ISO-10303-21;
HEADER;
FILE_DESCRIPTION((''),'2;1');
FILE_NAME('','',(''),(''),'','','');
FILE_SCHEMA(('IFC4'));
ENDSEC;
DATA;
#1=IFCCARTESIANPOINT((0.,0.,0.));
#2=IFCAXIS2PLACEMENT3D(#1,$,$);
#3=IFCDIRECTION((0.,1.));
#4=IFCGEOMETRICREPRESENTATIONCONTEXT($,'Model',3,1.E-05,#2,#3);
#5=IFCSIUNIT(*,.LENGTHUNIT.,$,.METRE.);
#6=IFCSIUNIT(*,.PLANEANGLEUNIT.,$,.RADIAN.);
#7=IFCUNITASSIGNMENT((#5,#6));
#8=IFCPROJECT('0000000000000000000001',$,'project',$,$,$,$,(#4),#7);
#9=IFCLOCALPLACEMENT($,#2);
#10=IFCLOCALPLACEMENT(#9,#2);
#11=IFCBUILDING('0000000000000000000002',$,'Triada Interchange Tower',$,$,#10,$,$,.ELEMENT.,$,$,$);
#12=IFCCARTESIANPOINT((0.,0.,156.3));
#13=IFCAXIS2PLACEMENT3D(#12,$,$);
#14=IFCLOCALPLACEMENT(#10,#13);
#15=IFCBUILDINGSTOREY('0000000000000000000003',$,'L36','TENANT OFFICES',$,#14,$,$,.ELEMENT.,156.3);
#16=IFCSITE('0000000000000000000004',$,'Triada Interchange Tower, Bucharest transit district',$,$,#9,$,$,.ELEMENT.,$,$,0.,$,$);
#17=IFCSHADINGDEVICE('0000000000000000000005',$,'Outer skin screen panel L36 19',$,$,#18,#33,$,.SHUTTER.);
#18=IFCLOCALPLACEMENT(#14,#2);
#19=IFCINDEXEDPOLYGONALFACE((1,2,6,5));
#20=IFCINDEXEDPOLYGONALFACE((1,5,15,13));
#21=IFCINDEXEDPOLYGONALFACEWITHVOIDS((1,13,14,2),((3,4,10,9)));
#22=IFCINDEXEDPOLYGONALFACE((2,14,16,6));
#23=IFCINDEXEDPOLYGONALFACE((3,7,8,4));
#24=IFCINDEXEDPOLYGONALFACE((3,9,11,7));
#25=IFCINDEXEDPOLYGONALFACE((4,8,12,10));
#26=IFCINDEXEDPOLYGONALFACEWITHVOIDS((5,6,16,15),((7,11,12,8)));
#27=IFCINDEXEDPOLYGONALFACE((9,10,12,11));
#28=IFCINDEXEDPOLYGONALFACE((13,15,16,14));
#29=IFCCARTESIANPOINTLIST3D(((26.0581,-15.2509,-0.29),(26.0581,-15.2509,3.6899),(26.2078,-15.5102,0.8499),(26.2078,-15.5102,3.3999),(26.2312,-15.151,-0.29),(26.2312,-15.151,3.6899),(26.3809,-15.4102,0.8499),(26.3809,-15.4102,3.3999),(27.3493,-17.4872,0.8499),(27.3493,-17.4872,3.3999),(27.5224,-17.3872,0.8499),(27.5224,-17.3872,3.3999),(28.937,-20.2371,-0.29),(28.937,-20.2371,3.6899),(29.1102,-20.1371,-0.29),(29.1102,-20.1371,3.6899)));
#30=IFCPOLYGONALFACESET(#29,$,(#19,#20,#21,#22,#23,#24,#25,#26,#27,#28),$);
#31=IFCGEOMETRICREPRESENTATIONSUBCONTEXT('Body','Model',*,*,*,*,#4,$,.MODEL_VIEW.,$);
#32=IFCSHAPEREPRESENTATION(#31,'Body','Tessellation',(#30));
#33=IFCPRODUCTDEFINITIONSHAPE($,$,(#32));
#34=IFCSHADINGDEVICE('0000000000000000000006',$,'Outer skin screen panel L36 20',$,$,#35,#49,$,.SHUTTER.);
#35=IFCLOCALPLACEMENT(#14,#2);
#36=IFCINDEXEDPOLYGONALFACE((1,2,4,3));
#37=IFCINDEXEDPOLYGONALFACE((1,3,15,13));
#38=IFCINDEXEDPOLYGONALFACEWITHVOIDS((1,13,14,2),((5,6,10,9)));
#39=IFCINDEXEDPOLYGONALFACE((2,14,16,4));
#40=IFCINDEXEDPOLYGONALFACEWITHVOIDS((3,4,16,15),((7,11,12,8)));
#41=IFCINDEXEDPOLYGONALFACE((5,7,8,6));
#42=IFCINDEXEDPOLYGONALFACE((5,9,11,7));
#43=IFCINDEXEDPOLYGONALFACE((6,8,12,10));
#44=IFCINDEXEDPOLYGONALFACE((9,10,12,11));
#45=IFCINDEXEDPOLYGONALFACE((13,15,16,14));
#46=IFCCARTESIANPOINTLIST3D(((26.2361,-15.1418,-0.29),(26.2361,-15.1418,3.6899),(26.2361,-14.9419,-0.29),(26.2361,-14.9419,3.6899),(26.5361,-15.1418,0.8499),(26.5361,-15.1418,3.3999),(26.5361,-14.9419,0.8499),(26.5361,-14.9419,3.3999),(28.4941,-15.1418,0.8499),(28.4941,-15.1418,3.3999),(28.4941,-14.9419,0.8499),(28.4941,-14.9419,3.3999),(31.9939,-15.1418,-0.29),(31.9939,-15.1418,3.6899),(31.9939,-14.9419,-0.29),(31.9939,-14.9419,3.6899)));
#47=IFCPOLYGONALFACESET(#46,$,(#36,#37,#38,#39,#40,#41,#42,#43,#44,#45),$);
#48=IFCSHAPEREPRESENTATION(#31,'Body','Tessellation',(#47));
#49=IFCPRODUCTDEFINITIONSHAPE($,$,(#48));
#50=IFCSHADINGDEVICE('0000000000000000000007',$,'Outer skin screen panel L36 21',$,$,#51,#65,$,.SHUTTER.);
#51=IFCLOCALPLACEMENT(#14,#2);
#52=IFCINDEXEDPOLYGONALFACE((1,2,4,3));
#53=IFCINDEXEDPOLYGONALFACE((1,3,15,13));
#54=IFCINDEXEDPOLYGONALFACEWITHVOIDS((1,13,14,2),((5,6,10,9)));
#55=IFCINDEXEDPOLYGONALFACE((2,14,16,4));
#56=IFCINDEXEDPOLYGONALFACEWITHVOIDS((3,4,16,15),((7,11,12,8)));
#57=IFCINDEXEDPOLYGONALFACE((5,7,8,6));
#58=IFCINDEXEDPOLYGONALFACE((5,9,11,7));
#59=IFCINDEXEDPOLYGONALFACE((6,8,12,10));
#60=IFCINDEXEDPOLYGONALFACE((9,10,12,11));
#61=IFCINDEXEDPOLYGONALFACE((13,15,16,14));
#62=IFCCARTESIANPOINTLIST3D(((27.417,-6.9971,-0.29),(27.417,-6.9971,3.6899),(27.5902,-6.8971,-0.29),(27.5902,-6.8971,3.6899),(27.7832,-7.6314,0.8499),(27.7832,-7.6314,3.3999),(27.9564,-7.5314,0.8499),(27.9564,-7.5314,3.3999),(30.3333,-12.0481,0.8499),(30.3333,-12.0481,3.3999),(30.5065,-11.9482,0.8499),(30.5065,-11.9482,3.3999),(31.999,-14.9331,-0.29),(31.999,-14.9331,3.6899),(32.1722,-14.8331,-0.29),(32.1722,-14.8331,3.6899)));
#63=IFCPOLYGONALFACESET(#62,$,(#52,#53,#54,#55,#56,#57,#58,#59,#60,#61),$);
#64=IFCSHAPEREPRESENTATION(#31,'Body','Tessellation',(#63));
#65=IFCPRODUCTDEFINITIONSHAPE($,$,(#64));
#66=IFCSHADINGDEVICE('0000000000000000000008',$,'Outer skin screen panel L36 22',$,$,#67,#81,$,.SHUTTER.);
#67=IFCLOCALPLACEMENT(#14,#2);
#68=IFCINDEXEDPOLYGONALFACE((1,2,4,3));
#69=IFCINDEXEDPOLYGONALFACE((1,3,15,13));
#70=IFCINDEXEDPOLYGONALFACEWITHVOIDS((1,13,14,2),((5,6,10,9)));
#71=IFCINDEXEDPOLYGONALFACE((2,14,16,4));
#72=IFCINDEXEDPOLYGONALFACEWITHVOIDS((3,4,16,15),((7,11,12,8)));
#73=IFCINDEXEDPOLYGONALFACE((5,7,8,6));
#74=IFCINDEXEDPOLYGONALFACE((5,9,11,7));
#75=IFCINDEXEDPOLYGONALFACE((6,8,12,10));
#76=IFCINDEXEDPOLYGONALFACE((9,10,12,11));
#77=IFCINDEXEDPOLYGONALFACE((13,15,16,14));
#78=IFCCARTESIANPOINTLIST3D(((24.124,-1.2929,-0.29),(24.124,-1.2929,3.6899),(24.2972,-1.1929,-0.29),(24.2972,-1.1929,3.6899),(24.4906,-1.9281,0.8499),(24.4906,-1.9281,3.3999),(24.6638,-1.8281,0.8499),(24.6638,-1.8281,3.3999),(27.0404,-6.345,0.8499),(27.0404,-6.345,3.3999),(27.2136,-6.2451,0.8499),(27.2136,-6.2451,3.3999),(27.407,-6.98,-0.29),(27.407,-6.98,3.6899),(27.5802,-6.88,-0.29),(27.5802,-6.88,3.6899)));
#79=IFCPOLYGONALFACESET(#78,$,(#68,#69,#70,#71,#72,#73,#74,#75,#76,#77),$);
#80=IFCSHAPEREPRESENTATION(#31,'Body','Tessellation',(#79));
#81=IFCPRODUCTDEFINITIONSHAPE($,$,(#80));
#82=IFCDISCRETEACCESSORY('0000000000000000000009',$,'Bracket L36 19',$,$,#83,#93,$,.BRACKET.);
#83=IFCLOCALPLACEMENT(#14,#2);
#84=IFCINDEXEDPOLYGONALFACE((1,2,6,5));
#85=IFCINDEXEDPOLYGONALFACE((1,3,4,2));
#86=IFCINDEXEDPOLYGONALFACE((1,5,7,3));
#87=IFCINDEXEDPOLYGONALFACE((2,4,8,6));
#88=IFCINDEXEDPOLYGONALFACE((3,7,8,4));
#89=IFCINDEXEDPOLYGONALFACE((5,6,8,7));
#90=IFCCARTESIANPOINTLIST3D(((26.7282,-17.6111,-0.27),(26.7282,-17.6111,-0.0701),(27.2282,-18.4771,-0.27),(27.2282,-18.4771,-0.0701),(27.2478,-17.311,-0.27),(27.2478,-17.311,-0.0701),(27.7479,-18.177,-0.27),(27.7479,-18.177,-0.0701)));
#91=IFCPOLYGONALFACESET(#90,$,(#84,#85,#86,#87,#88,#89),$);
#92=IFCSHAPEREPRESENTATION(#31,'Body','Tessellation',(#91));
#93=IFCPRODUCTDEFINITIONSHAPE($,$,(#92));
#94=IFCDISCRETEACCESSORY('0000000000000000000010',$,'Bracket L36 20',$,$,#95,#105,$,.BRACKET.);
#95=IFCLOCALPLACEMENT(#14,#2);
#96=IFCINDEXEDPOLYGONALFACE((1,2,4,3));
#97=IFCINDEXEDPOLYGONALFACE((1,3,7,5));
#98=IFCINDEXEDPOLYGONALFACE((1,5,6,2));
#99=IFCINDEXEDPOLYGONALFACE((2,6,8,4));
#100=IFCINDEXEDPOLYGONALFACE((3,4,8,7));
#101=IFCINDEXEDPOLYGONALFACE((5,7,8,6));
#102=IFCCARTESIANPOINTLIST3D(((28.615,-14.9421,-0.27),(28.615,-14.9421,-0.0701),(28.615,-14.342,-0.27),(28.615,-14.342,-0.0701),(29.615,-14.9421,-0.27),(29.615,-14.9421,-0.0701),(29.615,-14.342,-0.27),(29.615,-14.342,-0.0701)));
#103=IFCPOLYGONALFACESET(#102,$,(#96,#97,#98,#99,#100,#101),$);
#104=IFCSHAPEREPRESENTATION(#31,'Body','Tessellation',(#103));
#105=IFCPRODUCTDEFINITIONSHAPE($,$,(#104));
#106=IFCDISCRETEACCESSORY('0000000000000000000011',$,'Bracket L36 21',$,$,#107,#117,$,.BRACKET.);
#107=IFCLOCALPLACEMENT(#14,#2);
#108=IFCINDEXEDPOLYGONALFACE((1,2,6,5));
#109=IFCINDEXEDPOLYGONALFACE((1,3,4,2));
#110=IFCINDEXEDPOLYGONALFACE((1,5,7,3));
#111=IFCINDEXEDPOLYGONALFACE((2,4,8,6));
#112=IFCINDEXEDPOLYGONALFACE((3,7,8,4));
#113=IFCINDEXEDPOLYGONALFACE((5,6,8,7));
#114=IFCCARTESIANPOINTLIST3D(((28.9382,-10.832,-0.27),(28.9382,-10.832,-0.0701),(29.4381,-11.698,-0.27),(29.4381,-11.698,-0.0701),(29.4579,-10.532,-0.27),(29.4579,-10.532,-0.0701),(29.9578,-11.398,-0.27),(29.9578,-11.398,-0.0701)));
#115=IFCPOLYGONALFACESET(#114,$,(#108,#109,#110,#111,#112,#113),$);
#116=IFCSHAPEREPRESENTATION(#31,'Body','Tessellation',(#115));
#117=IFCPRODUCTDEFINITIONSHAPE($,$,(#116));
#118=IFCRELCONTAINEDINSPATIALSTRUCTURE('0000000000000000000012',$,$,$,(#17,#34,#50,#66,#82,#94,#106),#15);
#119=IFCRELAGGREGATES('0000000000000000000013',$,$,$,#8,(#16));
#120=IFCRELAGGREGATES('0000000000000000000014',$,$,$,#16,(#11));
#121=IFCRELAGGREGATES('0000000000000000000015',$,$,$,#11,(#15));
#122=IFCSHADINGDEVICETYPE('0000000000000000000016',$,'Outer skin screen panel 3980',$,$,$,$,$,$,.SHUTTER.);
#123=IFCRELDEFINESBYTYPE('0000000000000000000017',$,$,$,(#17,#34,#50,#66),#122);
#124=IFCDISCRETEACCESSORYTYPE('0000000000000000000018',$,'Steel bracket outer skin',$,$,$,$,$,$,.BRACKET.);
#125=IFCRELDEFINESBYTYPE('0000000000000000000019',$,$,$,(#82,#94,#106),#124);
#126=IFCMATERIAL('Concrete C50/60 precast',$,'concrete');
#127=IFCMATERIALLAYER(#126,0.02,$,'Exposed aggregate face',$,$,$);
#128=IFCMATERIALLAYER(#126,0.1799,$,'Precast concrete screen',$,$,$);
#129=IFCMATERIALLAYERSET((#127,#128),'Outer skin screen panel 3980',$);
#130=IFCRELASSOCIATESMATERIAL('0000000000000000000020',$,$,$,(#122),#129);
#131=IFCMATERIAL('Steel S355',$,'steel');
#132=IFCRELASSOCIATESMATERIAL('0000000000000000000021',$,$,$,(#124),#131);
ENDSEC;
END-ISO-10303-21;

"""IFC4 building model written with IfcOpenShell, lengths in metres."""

from ifc_helpers import new_model, si_unit, direction, frame, origin, origin_2d, place, context, subcontext, project, spatial, polyline, rectangle, outline, extrude, material, layer, layer_set, type_object, element, save


model = new_model("IFC4")

# Units and contexts
model_context = context("Model", 3, precision=1e-05, world=origin(), true_north=direction((0.0, 1.0)))
body_context = subcontext(model_context, "Body", "Model", "MODEL_VIEW")
ifc_project = project(units=[si_unit("LENGTHUNIT", "METRE"), si_unit("PLANEANGLEUNIT", "RADIAN")], contexts=[model_context])

# Site, building, storey
site_placement = place(None, origin())
site = spatial("IfcSite", under=ifc_project, at=site_placement, Name="Triada Interchange Tower, Bucharest transit district", CompositionType="ELEMENT", RefElevation=0.0)
building_placement = place(site_placement, origin())
building = spatial("IfcBuilding", under=site, at=building_placement, Name="Triada Interchange Tower", CompositionType="ELEMENT")
storey_placement = place(building_placement, frame((0.0, 0.0, 156.3)))
storey = spatial("IfcBuildingStorey", under=building, at=storey_placement, Name="L36", Description="TENANT OFFICES", CompositionType="ELEMENT", Elevation=156.3)

# Shading devices
ifc_material_1 = material(Name="Concrete C50/60 precast", Category="concrete")
ifc_layer_1 = layer(ifc_material_1, 0.02, Name="Exposed aggregate face")
ifc_layer_2 = layer(ifc_material_1, 0.1799, Name="Precast concrete screen")
ifc_layer_set_1 = layer_set([ifc_layer_1, ifc_layer_2], Name="Outer skin screen panel 3980")
shading_device_type = type_object("IfcShadingDeviceType", Name="Outer skin screen panel 3980", PredefinedType="SHUTTER", material=ifc_layer_set_1)
shading_device_1_placement = place(storey_placement, frame((28.937, -20.2371, -0.29), z_axis=(0.0, 0.0, 1.0), x_axis=(-0.500025, 0.866011, 0.0)))
element("IfcShadingDevice", 1, at=shading_device_1_placement, inside=storey, type_object=shading_device_type, Name="Outer skin screen panel L36 19", PredefinedType="SHUTTER", context=body_context, shape_type="SweptSolid", body=[
    extrude(outline(polyline([(0.0, 0.0), (5.7576, 0.0), (5.7576, 3.98), (0.0, 3.98), (0.0, 0.0)]), holes=[polyline([(3.1753, 1.1399), (3.1753, 3.6899), (5.4583, 3.6899), (5.4583, 1.1399), (3.1753, 1.1399)])]), frame((0.0, 0.0, 0.0), z_axis=(0.0, -1.0, 0.0), x_axis=(1.0, 0.0, 0.0)), (0.0, 0.0, 1.0), 0.2),
])
shading_device_2_placement = place(storey_placement, frame((26.2361, -14.9419, -0.29), z_axis=(0.0, 0.0, 1.0), x_axis=(1.0, 0.0, 0.0)))
element("IfcShadingDevice", 2, at=shading_device_2_placement, inside=storey, type_object=shading_device_type, Name="Outer skin screen panel L36 20", PredefinedType="SHUTTER", context=body_context, shape_type="SweptSolid", body=[
    extrude(outline(polyline([(0.0, 0.0), (5.7578, 0.0), (5.7578, 3.98), (0.0, 3.98), (0.0, 0.0)]), holes=[polyline([(0.3, 1.1399), (0.3, 3.6899), (2.2581, 3.6899), (2.2581, 1.1399), (0.3, 1.1399)])]), frame((0.0, 0.0, 0.0), z_axis=(0.0, -1.0, 0.0), x_axis=(1.0, 0.0, 0.0)), (0.0, 0.0, 1.0), 0.2),
])
shading_device_3_placement = place(storey_placement, frame((31.999, -14.9331, -0.29), z_axis=(0.0, 0.0, 1.0), x_axis=(-0.500013, 0.866018, 0.0)))
element("IfcShadingDevice", 3, at=shading_device_3_placement, inside=storey, type_object=shading_device_type, Name="Outer skin screen panel L36 21", PredefinedType="SHUTTER", context=body_context, shape_type="SweptSolid", body=[
    extrude(outline(polyline([(0.0, 0.0), (9.1638, 0.0), (9.1638, 3.98), (0.0, 3.98), (0.0, 0.0)]), holes=[polyline([(3.3313, 1.1399), (3.3313, 3.6899), (8.4314, 3.6899), (8.4314, 1.1399), (3.3313, 1.1399)])]), frame((0.0, 0.0, 0.0), z_axis=(0.0, -1.0, 0.0), x_axis=(1.0, 0.0, 0.0)), (0.0, 0.0, 1.0), 0.2),
])
shading_device_4_placement = place(storey_placement, frame((27.407, -6.98, -0.29), z_axis=(0.0, 0.0, 1.0), x_axis=(-0.49995, 0.866054, 0.0)))
element("IfcShadingDevice", 4, at=shading_device_4_placement, inside=storey, type_object=shading_device_type, Name="Outer skin screen panel L36 22", PredefinedType="SHUTTER", context=body_context, shape_type="SweptSolid", body=[
    extrude(outline(polyline([(0.0, 0.0), (6.5667, 0.0), (6.5667, 3.98), (0.0, 3.98), (0.0, 0.0)]), holes=[polyline([(0.7332, 1.1399), (0.7332, 3.6899), (5.8333, 3.6899), (5.8333, 1.1399), (0.7332, 1.1399)])]), frame((0.0, 0.0, 0.0), z_axis=(0.0, -1.0, 0.0), x_axis=(1.0, 0.0, 0.0)), (0.0, 0.0, 1.0), 0.2),
])

# Discrete accessories
ifc_material_2 = material(Name="Steel S355", Category="steel")
discrete_accessory_type = type_object("IfcDiscreteAccessoryType", Name="Steel bracket outer skin", PredefinedType="BRACKET", material=ifc_material_2)
for number, where, z_axis, x_axis, name in (
    (5, (27.238, -17.894, -0.27), (0.0, 0.0, 1.0), (0.865973, 0.50009, 0.0), "Bracket L36 19"),
    (6, (29.115, -14.6421, -0.27), (0.0, 0.0, 1.0), (0.0, -1.0, 0.0), "Bracket L36 20"),
    (7, (29.448, -11.115, -0.27), (0.0, 0.0, 1.0), (0.866036, 0.499982, 0.0), "Bracket L36 21"),
):
    element("IfcDiscreteAccessory", number, at=place(storey_placement, frame(where, z_axis=z_axis, x_axis=x_axis)), inside=storey, type_object=discrete_accessory_type, Name=name, PredefinedType="BRACKET", context=body_context, shape_type="SweptSolid", body=[
        extrude(rectangle(XDim=0.6001, YDim=1.0, at=origin_2d()), origin(), (0.0, 0.0, 1.0), 0.2),
    ])

save(model, "model.ifc")
